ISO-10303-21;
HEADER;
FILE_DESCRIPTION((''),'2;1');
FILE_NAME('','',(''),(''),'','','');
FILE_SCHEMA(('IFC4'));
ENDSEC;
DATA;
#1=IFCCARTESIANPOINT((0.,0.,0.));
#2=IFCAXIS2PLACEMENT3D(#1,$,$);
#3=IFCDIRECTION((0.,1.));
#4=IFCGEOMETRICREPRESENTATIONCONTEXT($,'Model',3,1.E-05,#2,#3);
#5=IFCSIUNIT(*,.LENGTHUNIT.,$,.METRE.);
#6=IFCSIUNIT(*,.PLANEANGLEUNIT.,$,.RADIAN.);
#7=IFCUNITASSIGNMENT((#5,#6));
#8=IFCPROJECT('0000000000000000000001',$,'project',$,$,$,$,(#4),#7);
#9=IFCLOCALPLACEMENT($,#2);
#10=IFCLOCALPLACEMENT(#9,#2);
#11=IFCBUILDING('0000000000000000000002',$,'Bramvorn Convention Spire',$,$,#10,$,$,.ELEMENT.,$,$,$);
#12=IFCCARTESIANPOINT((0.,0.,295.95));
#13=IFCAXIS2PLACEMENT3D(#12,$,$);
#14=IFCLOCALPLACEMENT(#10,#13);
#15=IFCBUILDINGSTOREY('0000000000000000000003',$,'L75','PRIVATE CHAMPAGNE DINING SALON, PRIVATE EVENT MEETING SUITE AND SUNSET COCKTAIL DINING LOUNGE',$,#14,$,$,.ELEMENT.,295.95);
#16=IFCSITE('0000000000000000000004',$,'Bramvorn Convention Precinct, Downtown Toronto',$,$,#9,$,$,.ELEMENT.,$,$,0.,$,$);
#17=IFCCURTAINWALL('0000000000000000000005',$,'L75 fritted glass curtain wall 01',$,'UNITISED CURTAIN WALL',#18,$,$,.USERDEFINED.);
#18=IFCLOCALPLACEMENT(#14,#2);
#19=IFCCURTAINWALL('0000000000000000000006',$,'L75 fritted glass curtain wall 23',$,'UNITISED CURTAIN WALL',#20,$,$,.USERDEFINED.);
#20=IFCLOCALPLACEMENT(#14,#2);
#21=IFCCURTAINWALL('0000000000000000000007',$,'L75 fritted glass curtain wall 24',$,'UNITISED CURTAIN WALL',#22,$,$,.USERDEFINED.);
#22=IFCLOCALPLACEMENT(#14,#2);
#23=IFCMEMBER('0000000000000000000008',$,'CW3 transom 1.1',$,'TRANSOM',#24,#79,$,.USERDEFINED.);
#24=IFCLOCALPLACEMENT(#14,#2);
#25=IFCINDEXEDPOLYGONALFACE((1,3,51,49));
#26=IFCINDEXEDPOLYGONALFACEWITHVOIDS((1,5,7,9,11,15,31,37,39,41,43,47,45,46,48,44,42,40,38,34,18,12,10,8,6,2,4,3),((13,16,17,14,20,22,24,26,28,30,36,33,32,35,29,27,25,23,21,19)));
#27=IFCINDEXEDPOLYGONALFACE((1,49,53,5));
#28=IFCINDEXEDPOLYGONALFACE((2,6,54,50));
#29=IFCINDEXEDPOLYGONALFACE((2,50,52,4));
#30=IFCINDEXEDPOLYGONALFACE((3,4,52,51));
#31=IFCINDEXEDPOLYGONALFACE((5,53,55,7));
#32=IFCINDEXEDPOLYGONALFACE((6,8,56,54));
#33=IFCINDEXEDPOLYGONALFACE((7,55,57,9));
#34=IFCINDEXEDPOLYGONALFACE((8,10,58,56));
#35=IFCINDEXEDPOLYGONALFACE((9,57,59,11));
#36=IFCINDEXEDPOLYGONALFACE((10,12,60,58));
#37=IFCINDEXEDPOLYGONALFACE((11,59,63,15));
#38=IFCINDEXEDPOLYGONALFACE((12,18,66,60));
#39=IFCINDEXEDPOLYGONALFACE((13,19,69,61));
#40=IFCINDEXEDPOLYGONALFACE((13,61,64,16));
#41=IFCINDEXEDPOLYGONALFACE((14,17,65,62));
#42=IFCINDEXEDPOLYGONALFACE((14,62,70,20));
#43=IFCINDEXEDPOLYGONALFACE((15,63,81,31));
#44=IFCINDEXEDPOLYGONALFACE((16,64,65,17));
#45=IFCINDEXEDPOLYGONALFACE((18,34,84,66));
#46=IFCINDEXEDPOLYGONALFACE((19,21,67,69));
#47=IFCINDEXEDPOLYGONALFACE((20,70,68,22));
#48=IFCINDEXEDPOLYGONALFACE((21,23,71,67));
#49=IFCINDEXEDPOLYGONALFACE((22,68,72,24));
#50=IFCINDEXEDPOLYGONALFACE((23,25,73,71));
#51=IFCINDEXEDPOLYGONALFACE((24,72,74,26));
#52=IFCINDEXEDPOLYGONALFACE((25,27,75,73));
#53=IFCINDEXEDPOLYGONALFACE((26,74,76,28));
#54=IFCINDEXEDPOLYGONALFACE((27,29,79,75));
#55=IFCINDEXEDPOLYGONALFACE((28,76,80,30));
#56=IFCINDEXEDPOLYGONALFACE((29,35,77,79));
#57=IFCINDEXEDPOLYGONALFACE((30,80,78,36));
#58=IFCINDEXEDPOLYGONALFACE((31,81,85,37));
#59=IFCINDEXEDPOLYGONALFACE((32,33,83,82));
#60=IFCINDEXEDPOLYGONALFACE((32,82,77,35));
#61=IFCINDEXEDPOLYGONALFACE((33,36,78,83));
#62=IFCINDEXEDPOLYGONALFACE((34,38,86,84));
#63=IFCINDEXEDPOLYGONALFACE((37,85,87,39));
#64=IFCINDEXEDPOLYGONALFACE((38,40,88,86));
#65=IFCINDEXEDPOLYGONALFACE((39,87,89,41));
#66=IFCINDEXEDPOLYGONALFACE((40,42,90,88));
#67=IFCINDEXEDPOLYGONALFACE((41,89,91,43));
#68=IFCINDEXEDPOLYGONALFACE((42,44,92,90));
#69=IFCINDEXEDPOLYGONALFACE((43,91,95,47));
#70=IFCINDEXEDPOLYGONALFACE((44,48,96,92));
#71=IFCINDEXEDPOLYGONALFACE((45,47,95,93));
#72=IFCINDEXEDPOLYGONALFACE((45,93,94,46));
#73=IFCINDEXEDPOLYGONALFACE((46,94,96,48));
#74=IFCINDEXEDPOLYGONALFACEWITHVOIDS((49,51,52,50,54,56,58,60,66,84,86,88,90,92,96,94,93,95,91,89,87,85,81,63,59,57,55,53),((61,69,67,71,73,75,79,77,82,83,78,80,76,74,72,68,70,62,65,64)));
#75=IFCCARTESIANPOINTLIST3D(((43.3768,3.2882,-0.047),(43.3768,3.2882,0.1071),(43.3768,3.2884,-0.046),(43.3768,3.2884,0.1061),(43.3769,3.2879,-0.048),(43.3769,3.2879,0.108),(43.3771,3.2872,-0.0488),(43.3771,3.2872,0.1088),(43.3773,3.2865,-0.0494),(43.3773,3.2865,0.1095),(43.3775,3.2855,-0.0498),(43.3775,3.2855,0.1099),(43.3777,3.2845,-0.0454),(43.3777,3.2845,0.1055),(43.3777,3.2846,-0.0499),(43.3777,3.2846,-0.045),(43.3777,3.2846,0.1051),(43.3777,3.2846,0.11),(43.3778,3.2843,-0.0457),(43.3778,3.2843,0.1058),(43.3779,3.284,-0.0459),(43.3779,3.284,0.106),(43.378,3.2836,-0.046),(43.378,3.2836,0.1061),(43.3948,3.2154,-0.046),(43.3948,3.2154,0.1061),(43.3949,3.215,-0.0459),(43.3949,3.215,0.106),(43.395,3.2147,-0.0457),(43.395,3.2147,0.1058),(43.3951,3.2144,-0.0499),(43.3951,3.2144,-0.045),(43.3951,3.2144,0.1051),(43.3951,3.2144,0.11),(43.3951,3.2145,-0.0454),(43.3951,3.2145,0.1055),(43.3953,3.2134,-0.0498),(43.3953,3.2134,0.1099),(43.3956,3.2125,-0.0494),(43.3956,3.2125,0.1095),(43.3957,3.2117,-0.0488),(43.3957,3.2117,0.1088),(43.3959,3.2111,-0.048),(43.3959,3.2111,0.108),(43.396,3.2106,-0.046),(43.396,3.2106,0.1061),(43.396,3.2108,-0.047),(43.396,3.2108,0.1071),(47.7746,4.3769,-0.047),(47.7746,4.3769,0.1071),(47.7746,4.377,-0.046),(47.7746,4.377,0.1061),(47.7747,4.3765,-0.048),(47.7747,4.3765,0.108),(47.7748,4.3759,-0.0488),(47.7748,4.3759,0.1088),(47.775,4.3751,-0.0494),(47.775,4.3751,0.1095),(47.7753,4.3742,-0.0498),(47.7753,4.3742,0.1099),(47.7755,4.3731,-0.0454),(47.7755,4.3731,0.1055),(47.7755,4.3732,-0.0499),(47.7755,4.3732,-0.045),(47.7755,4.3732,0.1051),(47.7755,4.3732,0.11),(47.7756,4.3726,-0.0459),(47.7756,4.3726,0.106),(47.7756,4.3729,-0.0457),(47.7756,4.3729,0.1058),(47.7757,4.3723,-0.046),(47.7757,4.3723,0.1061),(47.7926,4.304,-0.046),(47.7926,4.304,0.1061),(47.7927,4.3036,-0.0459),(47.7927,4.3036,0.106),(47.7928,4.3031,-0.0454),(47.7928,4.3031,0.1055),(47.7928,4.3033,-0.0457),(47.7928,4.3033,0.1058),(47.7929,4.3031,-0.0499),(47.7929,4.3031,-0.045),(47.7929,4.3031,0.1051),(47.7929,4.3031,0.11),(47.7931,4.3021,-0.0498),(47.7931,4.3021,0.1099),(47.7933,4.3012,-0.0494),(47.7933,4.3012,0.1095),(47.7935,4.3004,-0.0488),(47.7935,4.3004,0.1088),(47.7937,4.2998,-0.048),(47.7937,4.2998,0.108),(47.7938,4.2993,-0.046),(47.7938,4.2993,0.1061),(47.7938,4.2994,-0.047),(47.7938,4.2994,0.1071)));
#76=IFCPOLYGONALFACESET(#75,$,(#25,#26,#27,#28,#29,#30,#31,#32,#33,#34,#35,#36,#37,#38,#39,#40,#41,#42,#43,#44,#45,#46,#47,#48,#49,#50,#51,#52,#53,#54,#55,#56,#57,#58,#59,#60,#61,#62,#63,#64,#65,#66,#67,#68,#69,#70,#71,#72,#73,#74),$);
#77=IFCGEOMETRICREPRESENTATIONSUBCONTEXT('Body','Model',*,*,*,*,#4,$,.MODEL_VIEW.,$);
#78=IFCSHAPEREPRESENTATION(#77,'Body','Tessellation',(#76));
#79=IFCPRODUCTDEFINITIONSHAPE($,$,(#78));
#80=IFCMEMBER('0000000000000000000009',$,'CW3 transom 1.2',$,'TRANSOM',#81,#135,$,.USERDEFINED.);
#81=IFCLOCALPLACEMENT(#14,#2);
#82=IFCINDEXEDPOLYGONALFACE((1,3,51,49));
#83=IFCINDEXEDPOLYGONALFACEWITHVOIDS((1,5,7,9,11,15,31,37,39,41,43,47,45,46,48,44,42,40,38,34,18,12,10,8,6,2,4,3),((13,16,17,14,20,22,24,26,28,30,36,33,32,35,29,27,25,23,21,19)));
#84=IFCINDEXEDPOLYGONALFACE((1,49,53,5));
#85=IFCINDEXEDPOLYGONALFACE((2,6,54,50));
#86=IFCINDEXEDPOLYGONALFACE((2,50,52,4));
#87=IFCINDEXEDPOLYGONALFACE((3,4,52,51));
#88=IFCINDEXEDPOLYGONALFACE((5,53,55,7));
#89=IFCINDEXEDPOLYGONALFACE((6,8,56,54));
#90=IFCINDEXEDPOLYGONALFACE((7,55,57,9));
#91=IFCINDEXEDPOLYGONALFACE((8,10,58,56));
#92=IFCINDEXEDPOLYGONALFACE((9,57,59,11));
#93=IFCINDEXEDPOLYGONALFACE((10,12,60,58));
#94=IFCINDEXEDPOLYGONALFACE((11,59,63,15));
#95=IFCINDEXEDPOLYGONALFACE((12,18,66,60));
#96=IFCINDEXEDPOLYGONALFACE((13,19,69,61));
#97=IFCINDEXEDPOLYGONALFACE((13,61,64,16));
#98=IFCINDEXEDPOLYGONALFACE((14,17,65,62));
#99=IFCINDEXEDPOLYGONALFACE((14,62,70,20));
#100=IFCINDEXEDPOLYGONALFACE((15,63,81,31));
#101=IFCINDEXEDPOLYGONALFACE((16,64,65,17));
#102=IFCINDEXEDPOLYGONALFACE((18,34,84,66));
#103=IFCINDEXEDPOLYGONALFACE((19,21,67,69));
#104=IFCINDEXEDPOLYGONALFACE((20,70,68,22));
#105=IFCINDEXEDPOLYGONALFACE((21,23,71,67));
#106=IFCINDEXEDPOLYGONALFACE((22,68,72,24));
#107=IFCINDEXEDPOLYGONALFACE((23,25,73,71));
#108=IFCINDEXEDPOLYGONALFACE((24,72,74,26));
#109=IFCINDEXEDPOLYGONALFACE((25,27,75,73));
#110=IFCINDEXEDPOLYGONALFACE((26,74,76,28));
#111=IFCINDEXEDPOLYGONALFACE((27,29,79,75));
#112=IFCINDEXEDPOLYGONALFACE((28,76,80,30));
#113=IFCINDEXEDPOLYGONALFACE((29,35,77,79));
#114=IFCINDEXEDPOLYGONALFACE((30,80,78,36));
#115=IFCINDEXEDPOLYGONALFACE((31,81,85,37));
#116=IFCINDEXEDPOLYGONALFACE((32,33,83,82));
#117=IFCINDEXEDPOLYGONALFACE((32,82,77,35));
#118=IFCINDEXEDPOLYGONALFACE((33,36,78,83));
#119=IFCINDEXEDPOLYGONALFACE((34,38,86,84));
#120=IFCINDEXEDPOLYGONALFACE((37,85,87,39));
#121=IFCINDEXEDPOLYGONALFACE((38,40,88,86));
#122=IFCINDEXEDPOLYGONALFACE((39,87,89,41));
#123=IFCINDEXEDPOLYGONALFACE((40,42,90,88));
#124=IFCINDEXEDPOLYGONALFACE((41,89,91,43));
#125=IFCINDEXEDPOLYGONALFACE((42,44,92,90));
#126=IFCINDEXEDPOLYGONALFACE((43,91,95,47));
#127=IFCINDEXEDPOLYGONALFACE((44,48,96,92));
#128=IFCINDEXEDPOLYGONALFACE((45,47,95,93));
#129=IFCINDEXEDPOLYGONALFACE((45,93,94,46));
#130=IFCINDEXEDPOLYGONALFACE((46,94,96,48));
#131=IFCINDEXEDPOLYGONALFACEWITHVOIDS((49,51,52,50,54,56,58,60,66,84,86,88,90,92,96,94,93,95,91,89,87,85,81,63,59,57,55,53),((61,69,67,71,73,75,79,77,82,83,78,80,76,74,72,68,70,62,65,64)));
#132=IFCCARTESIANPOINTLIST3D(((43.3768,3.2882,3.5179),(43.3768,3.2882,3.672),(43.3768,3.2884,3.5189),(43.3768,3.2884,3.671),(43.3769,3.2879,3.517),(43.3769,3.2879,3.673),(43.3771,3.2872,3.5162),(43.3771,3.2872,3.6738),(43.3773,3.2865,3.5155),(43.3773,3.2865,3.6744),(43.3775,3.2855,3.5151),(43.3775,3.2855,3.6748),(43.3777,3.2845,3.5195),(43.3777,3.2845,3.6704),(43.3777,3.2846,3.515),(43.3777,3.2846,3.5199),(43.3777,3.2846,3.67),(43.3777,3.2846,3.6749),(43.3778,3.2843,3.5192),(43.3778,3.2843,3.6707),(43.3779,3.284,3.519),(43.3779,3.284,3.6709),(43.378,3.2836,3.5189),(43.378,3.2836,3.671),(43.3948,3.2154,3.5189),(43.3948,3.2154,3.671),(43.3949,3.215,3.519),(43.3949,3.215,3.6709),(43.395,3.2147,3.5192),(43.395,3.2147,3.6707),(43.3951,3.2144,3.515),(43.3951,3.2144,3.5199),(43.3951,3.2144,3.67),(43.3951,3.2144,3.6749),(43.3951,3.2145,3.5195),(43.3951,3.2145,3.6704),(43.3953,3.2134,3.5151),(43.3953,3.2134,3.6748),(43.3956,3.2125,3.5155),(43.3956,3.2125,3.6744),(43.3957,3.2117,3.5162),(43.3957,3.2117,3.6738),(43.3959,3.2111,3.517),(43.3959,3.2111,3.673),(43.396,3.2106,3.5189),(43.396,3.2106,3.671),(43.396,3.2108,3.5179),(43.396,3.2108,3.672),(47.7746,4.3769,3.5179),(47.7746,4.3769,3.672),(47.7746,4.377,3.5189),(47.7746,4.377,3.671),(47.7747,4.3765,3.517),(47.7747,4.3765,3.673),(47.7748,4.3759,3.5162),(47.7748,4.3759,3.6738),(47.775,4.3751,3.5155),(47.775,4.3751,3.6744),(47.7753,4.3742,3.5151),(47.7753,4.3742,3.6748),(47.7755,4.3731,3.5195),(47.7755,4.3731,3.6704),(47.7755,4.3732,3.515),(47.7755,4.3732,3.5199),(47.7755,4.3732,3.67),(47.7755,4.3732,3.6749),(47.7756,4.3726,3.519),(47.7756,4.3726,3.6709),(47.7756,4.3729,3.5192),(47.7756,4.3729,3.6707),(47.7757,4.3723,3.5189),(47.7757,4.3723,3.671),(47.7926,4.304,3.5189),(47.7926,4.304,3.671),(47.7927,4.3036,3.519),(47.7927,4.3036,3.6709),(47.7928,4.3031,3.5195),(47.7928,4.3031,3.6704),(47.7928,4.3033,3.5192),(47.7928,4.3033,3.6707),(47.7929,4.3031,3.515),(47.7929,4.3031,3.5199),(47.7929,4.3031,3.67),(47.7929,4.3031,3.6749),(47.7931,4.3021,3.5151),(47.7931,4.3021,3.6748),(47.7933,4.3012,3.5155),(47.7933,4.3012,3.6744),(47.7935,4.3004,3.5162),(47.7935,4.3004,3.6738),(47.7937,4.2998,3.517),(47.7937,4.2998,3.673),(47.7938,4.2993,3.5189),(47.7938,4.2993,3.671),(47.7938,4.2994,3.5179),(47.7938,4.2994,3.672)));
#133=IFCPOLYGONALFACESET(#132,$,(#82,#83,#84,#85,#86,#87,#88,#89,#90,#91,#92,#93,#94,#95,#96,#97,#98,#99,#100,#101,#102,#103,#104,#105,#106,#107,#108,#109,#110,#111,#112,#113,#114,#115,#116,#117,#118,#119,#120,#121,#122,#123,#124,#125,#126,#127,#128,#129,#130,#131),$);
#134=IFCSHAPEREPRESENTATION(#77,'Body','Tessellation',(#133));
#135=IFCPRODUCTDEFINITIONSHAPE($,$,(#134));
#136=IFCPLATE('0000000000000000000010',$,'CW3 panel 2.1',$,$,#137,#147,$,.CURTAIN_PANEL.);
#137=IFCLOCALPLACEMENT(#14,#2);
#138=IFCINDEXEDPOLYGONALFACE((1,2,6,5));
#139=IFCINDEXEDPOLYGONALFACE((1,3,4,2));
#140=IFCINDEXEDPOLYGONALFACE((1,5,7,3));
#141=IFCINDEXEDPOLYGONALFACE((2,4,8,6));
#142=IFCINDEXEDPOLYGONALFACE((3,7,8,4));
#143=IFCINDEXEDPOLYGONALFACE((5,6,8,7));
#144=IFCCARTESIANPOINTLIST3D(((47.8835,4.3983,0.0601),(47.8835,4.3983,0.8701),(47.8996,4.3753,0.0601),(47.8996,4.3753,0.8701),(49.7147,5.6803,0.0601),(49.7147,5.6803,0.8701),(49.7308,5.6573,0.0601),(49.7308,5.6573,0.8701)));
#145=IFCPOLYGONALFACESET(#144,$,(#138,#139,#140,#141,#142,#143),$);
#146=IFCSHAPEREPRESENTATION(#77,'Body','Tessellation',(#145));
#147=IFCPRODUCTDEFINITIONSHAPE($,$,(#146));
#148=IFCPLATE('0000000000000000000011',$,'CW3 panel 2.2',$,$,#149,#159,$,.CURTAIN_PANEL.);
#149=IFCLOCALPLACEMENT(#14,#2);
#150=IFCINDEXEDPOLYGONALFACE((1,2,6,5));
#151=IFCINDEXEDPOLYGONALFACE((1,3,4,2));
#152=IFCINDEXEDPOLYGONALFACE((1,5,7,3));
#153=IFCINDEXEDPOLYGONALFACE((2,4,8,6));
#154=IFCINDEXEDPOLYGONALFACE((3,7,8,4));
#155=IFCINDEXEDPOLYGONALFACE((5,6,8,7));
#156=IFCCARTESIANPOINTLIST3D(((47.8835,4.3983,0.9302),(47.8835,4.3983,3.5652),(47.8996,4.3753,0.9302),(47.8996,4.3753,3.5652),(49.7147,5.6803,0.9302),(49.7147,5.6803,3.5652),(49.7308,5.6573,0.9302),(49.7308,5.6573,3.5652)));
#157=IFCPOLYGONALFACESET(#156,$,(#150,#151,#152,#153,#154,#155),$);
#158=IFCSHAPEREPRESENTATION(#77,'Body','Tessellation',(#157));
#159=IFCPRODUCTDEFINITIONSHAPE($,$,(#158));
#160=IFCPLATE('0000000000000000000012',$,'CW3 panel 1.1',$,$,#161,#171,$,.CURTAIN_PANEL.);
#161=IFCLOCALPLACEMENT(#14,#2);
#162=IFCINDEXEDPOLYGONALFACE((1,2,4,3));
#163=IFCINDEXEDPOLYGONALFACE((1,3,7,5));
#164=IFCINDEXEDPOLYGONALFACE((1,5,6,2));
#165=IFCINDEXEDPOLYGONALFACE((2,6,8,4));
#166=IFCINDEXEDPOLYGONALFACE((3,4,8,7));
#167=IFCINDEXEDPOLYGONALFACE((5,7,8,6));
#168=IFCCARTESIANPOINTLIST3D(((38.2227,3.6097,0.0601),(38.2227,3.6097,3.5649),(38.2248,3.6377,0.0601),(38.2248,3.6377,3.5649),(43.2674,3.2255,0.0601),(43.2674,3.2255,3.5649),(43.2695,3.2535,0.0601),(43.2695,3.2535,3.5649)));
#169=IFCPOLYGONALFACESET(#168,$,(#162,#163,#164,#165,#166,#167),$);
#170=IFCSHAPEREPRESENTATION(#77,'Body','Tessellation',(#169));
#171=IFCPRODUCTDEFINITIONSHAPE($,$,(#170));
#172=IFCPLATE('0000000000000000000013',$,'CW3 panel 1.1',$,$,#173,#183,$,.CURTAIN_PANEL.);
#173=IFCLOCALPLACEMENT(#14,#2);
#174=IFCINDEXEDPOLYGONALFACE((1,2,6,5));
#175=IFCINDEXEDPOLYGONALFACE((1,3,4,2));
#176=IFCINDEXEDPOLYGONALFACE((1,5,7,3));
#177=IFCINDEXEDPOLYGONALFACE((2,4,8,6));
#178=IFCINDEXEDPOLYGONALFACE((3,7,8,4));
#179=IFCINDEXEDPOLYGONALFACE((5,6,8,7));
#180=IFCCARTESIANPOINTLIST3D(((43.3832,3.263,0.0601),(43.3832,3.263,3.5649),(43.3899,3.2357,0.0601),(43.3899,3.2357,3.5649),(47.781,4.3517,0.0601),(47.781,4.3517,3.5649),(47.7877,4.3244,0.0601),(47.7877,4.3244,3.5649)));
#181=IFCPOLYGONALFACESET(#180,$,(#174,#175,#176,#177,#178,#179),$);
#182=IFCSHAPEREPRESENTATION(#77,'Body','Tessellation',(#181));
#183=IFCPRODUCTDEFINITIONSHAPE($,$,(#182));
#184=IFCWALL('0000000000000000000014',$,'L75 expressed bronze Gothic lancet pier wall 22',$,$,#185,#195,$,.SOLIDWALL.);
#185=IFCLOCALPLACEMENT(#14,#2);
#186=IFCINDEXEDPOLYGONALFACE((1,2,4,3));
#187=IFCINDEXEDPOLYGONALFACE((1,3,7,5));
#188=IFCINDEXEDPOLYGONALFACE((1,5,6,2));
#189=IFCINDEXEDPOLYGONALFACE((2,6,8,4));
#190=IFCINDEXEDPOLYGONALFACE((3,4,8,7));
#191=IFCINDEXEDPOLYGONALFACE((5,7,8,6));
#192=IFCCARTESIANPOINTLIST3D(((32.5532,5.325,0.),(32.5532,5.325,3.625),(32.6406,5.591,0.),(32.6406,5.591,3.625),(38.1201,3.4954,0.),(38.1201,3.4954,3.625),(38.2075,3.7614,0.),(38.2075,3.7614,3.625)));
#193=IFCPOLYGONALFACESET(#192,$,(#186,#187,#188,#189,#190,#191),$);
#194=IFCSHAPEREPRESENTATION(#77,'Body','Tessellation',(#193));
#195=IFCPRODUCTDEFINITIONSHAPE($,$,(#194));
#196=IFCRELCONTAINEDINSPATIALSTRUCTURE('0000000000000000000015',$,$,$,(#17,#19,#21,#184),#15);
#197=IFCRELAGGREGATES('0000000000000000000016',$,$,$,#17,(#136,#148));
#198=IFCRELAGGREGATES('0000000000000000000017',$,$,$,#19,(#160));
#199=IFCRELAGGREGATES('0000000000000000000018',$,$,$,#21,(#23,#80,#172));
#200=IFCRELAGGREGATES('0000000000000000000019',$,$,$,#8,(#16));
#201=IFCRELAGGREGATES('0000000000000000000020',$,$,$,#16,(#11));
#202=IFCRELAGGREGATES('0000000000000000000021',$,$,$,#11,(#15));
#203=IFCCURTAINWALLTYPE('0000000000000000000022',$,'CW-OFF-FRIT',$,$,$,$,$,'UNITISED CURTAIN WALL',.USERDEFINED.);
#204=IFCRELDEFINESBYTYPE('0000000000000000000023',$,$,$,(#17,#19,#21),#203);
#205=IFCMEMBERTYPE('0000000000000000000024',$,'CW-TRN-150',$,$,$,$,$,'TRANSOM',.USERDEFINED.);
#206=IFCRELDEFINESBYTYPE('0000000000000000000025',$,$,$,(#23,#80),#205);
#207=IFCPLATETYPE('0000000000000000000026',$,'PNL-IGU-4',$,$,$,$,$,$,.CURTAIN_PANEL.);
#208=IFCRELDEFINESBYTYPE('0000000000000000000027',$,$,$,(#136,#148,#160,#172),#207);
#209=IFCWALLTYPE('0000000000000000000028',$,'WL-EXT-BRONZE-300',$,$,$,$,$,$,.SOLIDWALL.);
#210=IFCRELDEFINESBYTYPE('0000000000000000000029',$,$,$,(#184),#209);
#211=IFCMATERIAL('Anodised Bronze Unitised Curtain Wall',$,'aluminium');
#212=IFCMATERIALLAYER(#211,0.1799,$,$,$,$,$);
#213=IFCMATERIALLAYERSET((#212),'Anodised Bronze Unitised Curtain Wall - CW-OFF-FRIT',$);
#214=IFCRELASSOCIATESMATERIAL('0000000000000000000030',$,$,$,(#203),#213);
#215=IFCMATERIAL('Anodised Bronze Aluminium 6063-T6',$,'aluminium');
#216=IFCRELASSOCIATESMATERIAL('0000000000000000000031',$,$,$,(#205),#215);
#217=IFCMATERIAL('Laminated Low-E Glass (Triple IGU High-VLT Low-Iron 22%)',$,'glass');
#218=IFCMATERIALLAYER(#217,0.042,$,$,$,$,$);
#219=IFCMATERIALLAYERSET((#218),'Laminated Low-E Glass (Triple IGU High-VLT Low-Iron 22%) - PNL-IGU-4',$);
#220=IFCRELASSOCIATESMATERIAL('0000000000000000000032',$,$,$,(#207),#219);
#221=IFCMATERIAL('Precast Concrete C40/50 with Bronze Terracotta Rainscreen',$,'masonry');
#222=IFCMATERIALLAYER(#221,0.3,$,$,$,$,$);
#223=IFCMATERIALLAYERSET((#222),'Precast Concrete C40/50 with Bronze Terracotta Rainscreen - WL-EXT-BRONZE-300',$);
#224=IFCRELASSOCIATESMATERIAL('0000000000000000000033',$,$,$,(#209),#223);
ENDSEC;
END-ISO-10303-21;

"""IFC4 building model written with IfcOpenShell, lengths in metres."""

from ifc_helpers import new_model, si_unit, direction, frame, frame_2d, origin, origin_2d, place, context, subcontext, project, spatial, rectangle, hollow_rectangle, extrude, material, layer, layer_set, material_profile, profile_set, type_object, element, aggregate, save


model = new_model("IFC4")

# Units and contexts
model_context = context("Model", 3, precision=1e-05, world=origin(), true_north=direction((0.0, 1.0)))
body_context = subcontext(model_context, "Body", "Model", "MODEL_VIEW")
ifc_project = project(units=[si_unit("LENGTHUNIT", "METRE"), si_unit("PLANEANGLEUNIT", "RADIAN")], contexts=[model_context])

# Site, building, storey
site_placement = place(None, origin())
site = spatial("IfcSite", under=ifc_project, at=site_placement, Name="Bramvorn Convention Precinct, Downtown Toronto", CompositionType="ELEMENT", RefElevation=0.0)
building_placement = place(site_placement, origin())
building = spatial("IfcBuilding", under=site, at=building_placement, Name="Bramvorn Convention Spire", CompositionType="ELEMENT")
storey_placement = place(building_placement, frame((0.0, 0.0, 295.95)))
storey = spatial("IfcBuildingStorey", under=building, at=storey_placement, Name="L75", Description="PRIVATE CHAMPAGNE DINING SALON, PRIVATE EVENT MEETING SUITE AND SUNSET COCKTAIL DINING LOUNGE", CompositionType="ELEMENT", Elevation=295.95)

# Curtain wall
ifc_material_1 = material(Name="Anodised Bronze Unitised Curtain Wall", Category="aluminium")
ifc_layer_1 = layer(ifc_material_1, 0.1799)
ifc_layer_set_1 = layer_set([ifc_layer_1], Name="Anodised Bronze Unitised Curtain Wall - CW-OFF-FRIT")
curtain_wall_type = type_object("IfcCurtainWallType", Name="CW-OFF-FRIT", ElementType="UNITISED CURTAIN WALL", PredefinedType="USERDEFINED", material=ifc_layer_set_1)
curtain_wall_1_placement = place(storey_placement, origin())
curtain_wall_1 = element("IfcCurtainWall", 1, at=curtain_wall_1_placement, inside=storey, type_object=curtain_wall_type, Name="L75 fritted glass curtain wall 01", ObjectType="UNITISED CURTAIN WALL", PredefinedType="USERDEFINED")
ifc_material_2 = material(Name="Anodised Bronze Aluminium 6063-T6", Category="aluminium")

# Curtain walls
curtain_wall_2_placement = place(storey_placement, origin())
curtain_wall_2 = element("IfcCurtainWall", 2, at=curtain_wall_2_placement, inside=storey, type_object=curtain_wall_type, Name="L75 fritted glass curtain wall 23", ObjectType="UNITISED CURTAIN WALL", PredefinedType="USERDEFINED")
curtain_wall_3_placement = place(storey_placement, origin())
curtain_wall_3 = element("IfcCurtainWall", 3, at=curtain_wall_3_placement, inside=storey, type_object=curtain_wall_type, Name="L75 fritted glass curtain wall 24", ObjectType="UNITISED CURTAIN WALL", PredefinedType="USERDEFINED")

# Members
ifc_material_profile_1 = material_profile(ifc_material_2, hollow_rectangle(XDim=0.0801, YDim=0.1599, WallThickness=0.0039, InnerFilletRadius=0.001, OuterFilletRadius=0.0039, at=origin_2d()))
ifc_profile_set_1 = profile_set([ifc_material_profile_1], Name="Anodised Bronze Aluminium 6063-T6 - CWT80X160")
member_type_1 = type_object("IfcMemberType", Name="CW-TRN-150", ElementType="TRANSOM", PredefinedType="USERDEFINED", material=ifc_profile_set_1)
member_1_placement = place(storey_placement, frame((47.7842, 4.3381, 0.03), z_axis=(-0.970701, -0.240291, 0.0), x_axis=(0.240291, -0.970701, 0.0)))
member_1 = element("IfcMember", 4, at=member_1_placement, type_object=member_type_1, Name="CW3 transom 1.1", ObjectType="TRANSOM", PredefinedType="USERDEFINED", context=body_context, shape_type="SweptSolid", body=[
    extrude(hollow_rectangle(XDim=0.0801, YDim=0.1599, WallThickness=0.0039, InnerFilletRadius=0.001, OuterFilletRadius=0.0039, at=origin_2d()), origin(), (0.0, 0.0, 1.0), 4.5305),
])
member_2_placement = place(storey_placement, frame((47.7842, 4.3381, 3.595), z_axis=(-0.970701, -0.240291, 0.0), x_axis=(0.240291, -0.970701, 0.0)))
member_2 = element("IfcMember", 5, at=member_2_placement, type_object=member_type_1, Name="CW3 transom 1.2", ObjectType="TRANSOM", PredefinedType="USERDEFINED", context=body_context, shape_type="SweptSolid", body=[
    extrude(hollow_rectangle(XDim=0.0801, YDim=0.1599, WallThickness=0.0039, InnerFilletRadius=0.001, OuterFilletRadius=0.0039, at=origin_2d()), origin(), (0.0, 0.0, 1.0), 4.5305),
])

# Plates
ifc_material_3 = material(Name="Laminated Low-E Glass (Triple IGU High-VLT Low-Iron 22%)", Category="glass")
ifc_layer_2 = layer(ifc_material_3, 0.042)
ifc_layer_set_2 = layer_set([ifc_layer_2], Name="Laminated Low-E Glass (Triple IGU High-VLT Low-Iron 22%) - PNL-IGU-4")
plate_type = type_object("IfcPlateType", Name="PNL-IGU-4", PredefinedType="CURTAIN_PANEL", material=ifc_layer_set_2)
plate_1_placement = place(storey_placement, frame((48.8071, 5.0278, 0.0601), z_axis=(0.0, 0.0, 1.0), x_axis=(-0.819198, -0.573511, 0.0)))
plate_1 = element("IfcPlate", 6, at=plate_1_placement, type_object=plate_type, Name="CW3 panel 2.1", PredefinedType="CURTAIN_PANEL", context=body_context, shape_type="SweptSolid", body=[
    extrude(rectangle(XDim=2.2354, YDim=0.0281, at=origin_2d()), origin(), (0.0, 0.0, 1.0), 0.8101),
])
plate_2_placement = place(storey_placement, frame((48.8071, 5.0278, 0.9302), z_axis=(0.0, 0.0, 1.0), x_axis=(-0.819198, -0.573511, 0.0)))
plate_2 = element("IfcPlate", 7, at=plate_2_placement, type_object=plate_type, Name="CW3 panel 2.2", PredefinedType="CURTAIN_PANEL", context=body_context, shape_type="SweptSolid", body=[
    extrude(rectangle(XDim=2.2354, YDim=0.0281, at=origin_2d()), origin(), (0.0, 0.0, 1.0), 2.635),
])
aggregate(curtain_wall_1, [plate_1, plate_2])
plate_3_placement = place(storey_placement, frame((40.7461, 3.4316, 0.0601), z_axis=(0.0, 0.0, 1.0), x_axis=(-0.997113, 0.075938, 0.0)))
plate_3 = element("IfcPlate", 8, at=plate_3_placement, type_object=plate_type, Name="CW3 panel 1.1", PredefinedType="CURTAIN_PANEL", context=body_context, shape_type="SweptSolid", body=[
    extrude(rectangle(XDim=5.0593, YDim=0.0281, at=origin_2d()), origin(), (0.0, 0.0, 1.0), 3.5049),
])
aggregate(curtain_wall_2, [plate_3])
plate_4_placement = place(storey_placement, frame((45.5854, 3.7937, 0.0601), z_axis=(0.0, 0.0, 1.0), x_axis=(-0.9707, -0.240294, 0.0)))
plate_4 = element("IfcPlate", 9, at=plate_4_placement, type_object=plate_type, Name="CW3 panel 1.1", PredefinedType="CURTAIN_PANEL", context=body_context, shape_type="SweptSolid", body=[
    extrude(rectangle(XDim=4.5305, YDim=0.0281, at=origin_2d()), origin(), (0.0, 0.0, 1.0), 3.5049),
])
aggregate(curtain_wall_3, [member_1, member_2, plate_4])

# Wall
ifc_material_4 = material(Name="Precast Concrete C40/50 with Bronze Terracotta Rainscreen", Category="masonry")
ifc_layer_3 = layer(ifc_material_4, 0.3)
ifc_layer_set_3 = layer_set([ifc_layer_3], Name="Precast Concrete C40/50 with Bronze Terracotta Rainscreen - WL-EXT-BRONZE-300")
wall_type = type_object("IfcWallType", Name="WL-EXT-BRONZE-300", PredefinedType="SOLIDWALL", material=ifc_layer_set_3)
wall_placement = place(storey_placement, frame((38.1638, 3.6284, 0.0), z_axis=(0.0, 0.0, 1.0), x_axis=(-0.950008, 0.312225, 0.0)))
element("IfcWall", 10, at=wall_placement, inside=storey, type_object=wall_type, Name="L75 expressed bronze Gothic lancet pier wall 22", PredefinedType="SOLIDWALL", context=body_context, shape_type="SweptSolid", body=[
    extrude(rectangle(XDim=5.8599, YDim=0.28, at=frame_2d((2.9299, 0.0))), origin(), (0.0, 0.0, 1.0), 3.625),
])

save(model, "model.ifc")
